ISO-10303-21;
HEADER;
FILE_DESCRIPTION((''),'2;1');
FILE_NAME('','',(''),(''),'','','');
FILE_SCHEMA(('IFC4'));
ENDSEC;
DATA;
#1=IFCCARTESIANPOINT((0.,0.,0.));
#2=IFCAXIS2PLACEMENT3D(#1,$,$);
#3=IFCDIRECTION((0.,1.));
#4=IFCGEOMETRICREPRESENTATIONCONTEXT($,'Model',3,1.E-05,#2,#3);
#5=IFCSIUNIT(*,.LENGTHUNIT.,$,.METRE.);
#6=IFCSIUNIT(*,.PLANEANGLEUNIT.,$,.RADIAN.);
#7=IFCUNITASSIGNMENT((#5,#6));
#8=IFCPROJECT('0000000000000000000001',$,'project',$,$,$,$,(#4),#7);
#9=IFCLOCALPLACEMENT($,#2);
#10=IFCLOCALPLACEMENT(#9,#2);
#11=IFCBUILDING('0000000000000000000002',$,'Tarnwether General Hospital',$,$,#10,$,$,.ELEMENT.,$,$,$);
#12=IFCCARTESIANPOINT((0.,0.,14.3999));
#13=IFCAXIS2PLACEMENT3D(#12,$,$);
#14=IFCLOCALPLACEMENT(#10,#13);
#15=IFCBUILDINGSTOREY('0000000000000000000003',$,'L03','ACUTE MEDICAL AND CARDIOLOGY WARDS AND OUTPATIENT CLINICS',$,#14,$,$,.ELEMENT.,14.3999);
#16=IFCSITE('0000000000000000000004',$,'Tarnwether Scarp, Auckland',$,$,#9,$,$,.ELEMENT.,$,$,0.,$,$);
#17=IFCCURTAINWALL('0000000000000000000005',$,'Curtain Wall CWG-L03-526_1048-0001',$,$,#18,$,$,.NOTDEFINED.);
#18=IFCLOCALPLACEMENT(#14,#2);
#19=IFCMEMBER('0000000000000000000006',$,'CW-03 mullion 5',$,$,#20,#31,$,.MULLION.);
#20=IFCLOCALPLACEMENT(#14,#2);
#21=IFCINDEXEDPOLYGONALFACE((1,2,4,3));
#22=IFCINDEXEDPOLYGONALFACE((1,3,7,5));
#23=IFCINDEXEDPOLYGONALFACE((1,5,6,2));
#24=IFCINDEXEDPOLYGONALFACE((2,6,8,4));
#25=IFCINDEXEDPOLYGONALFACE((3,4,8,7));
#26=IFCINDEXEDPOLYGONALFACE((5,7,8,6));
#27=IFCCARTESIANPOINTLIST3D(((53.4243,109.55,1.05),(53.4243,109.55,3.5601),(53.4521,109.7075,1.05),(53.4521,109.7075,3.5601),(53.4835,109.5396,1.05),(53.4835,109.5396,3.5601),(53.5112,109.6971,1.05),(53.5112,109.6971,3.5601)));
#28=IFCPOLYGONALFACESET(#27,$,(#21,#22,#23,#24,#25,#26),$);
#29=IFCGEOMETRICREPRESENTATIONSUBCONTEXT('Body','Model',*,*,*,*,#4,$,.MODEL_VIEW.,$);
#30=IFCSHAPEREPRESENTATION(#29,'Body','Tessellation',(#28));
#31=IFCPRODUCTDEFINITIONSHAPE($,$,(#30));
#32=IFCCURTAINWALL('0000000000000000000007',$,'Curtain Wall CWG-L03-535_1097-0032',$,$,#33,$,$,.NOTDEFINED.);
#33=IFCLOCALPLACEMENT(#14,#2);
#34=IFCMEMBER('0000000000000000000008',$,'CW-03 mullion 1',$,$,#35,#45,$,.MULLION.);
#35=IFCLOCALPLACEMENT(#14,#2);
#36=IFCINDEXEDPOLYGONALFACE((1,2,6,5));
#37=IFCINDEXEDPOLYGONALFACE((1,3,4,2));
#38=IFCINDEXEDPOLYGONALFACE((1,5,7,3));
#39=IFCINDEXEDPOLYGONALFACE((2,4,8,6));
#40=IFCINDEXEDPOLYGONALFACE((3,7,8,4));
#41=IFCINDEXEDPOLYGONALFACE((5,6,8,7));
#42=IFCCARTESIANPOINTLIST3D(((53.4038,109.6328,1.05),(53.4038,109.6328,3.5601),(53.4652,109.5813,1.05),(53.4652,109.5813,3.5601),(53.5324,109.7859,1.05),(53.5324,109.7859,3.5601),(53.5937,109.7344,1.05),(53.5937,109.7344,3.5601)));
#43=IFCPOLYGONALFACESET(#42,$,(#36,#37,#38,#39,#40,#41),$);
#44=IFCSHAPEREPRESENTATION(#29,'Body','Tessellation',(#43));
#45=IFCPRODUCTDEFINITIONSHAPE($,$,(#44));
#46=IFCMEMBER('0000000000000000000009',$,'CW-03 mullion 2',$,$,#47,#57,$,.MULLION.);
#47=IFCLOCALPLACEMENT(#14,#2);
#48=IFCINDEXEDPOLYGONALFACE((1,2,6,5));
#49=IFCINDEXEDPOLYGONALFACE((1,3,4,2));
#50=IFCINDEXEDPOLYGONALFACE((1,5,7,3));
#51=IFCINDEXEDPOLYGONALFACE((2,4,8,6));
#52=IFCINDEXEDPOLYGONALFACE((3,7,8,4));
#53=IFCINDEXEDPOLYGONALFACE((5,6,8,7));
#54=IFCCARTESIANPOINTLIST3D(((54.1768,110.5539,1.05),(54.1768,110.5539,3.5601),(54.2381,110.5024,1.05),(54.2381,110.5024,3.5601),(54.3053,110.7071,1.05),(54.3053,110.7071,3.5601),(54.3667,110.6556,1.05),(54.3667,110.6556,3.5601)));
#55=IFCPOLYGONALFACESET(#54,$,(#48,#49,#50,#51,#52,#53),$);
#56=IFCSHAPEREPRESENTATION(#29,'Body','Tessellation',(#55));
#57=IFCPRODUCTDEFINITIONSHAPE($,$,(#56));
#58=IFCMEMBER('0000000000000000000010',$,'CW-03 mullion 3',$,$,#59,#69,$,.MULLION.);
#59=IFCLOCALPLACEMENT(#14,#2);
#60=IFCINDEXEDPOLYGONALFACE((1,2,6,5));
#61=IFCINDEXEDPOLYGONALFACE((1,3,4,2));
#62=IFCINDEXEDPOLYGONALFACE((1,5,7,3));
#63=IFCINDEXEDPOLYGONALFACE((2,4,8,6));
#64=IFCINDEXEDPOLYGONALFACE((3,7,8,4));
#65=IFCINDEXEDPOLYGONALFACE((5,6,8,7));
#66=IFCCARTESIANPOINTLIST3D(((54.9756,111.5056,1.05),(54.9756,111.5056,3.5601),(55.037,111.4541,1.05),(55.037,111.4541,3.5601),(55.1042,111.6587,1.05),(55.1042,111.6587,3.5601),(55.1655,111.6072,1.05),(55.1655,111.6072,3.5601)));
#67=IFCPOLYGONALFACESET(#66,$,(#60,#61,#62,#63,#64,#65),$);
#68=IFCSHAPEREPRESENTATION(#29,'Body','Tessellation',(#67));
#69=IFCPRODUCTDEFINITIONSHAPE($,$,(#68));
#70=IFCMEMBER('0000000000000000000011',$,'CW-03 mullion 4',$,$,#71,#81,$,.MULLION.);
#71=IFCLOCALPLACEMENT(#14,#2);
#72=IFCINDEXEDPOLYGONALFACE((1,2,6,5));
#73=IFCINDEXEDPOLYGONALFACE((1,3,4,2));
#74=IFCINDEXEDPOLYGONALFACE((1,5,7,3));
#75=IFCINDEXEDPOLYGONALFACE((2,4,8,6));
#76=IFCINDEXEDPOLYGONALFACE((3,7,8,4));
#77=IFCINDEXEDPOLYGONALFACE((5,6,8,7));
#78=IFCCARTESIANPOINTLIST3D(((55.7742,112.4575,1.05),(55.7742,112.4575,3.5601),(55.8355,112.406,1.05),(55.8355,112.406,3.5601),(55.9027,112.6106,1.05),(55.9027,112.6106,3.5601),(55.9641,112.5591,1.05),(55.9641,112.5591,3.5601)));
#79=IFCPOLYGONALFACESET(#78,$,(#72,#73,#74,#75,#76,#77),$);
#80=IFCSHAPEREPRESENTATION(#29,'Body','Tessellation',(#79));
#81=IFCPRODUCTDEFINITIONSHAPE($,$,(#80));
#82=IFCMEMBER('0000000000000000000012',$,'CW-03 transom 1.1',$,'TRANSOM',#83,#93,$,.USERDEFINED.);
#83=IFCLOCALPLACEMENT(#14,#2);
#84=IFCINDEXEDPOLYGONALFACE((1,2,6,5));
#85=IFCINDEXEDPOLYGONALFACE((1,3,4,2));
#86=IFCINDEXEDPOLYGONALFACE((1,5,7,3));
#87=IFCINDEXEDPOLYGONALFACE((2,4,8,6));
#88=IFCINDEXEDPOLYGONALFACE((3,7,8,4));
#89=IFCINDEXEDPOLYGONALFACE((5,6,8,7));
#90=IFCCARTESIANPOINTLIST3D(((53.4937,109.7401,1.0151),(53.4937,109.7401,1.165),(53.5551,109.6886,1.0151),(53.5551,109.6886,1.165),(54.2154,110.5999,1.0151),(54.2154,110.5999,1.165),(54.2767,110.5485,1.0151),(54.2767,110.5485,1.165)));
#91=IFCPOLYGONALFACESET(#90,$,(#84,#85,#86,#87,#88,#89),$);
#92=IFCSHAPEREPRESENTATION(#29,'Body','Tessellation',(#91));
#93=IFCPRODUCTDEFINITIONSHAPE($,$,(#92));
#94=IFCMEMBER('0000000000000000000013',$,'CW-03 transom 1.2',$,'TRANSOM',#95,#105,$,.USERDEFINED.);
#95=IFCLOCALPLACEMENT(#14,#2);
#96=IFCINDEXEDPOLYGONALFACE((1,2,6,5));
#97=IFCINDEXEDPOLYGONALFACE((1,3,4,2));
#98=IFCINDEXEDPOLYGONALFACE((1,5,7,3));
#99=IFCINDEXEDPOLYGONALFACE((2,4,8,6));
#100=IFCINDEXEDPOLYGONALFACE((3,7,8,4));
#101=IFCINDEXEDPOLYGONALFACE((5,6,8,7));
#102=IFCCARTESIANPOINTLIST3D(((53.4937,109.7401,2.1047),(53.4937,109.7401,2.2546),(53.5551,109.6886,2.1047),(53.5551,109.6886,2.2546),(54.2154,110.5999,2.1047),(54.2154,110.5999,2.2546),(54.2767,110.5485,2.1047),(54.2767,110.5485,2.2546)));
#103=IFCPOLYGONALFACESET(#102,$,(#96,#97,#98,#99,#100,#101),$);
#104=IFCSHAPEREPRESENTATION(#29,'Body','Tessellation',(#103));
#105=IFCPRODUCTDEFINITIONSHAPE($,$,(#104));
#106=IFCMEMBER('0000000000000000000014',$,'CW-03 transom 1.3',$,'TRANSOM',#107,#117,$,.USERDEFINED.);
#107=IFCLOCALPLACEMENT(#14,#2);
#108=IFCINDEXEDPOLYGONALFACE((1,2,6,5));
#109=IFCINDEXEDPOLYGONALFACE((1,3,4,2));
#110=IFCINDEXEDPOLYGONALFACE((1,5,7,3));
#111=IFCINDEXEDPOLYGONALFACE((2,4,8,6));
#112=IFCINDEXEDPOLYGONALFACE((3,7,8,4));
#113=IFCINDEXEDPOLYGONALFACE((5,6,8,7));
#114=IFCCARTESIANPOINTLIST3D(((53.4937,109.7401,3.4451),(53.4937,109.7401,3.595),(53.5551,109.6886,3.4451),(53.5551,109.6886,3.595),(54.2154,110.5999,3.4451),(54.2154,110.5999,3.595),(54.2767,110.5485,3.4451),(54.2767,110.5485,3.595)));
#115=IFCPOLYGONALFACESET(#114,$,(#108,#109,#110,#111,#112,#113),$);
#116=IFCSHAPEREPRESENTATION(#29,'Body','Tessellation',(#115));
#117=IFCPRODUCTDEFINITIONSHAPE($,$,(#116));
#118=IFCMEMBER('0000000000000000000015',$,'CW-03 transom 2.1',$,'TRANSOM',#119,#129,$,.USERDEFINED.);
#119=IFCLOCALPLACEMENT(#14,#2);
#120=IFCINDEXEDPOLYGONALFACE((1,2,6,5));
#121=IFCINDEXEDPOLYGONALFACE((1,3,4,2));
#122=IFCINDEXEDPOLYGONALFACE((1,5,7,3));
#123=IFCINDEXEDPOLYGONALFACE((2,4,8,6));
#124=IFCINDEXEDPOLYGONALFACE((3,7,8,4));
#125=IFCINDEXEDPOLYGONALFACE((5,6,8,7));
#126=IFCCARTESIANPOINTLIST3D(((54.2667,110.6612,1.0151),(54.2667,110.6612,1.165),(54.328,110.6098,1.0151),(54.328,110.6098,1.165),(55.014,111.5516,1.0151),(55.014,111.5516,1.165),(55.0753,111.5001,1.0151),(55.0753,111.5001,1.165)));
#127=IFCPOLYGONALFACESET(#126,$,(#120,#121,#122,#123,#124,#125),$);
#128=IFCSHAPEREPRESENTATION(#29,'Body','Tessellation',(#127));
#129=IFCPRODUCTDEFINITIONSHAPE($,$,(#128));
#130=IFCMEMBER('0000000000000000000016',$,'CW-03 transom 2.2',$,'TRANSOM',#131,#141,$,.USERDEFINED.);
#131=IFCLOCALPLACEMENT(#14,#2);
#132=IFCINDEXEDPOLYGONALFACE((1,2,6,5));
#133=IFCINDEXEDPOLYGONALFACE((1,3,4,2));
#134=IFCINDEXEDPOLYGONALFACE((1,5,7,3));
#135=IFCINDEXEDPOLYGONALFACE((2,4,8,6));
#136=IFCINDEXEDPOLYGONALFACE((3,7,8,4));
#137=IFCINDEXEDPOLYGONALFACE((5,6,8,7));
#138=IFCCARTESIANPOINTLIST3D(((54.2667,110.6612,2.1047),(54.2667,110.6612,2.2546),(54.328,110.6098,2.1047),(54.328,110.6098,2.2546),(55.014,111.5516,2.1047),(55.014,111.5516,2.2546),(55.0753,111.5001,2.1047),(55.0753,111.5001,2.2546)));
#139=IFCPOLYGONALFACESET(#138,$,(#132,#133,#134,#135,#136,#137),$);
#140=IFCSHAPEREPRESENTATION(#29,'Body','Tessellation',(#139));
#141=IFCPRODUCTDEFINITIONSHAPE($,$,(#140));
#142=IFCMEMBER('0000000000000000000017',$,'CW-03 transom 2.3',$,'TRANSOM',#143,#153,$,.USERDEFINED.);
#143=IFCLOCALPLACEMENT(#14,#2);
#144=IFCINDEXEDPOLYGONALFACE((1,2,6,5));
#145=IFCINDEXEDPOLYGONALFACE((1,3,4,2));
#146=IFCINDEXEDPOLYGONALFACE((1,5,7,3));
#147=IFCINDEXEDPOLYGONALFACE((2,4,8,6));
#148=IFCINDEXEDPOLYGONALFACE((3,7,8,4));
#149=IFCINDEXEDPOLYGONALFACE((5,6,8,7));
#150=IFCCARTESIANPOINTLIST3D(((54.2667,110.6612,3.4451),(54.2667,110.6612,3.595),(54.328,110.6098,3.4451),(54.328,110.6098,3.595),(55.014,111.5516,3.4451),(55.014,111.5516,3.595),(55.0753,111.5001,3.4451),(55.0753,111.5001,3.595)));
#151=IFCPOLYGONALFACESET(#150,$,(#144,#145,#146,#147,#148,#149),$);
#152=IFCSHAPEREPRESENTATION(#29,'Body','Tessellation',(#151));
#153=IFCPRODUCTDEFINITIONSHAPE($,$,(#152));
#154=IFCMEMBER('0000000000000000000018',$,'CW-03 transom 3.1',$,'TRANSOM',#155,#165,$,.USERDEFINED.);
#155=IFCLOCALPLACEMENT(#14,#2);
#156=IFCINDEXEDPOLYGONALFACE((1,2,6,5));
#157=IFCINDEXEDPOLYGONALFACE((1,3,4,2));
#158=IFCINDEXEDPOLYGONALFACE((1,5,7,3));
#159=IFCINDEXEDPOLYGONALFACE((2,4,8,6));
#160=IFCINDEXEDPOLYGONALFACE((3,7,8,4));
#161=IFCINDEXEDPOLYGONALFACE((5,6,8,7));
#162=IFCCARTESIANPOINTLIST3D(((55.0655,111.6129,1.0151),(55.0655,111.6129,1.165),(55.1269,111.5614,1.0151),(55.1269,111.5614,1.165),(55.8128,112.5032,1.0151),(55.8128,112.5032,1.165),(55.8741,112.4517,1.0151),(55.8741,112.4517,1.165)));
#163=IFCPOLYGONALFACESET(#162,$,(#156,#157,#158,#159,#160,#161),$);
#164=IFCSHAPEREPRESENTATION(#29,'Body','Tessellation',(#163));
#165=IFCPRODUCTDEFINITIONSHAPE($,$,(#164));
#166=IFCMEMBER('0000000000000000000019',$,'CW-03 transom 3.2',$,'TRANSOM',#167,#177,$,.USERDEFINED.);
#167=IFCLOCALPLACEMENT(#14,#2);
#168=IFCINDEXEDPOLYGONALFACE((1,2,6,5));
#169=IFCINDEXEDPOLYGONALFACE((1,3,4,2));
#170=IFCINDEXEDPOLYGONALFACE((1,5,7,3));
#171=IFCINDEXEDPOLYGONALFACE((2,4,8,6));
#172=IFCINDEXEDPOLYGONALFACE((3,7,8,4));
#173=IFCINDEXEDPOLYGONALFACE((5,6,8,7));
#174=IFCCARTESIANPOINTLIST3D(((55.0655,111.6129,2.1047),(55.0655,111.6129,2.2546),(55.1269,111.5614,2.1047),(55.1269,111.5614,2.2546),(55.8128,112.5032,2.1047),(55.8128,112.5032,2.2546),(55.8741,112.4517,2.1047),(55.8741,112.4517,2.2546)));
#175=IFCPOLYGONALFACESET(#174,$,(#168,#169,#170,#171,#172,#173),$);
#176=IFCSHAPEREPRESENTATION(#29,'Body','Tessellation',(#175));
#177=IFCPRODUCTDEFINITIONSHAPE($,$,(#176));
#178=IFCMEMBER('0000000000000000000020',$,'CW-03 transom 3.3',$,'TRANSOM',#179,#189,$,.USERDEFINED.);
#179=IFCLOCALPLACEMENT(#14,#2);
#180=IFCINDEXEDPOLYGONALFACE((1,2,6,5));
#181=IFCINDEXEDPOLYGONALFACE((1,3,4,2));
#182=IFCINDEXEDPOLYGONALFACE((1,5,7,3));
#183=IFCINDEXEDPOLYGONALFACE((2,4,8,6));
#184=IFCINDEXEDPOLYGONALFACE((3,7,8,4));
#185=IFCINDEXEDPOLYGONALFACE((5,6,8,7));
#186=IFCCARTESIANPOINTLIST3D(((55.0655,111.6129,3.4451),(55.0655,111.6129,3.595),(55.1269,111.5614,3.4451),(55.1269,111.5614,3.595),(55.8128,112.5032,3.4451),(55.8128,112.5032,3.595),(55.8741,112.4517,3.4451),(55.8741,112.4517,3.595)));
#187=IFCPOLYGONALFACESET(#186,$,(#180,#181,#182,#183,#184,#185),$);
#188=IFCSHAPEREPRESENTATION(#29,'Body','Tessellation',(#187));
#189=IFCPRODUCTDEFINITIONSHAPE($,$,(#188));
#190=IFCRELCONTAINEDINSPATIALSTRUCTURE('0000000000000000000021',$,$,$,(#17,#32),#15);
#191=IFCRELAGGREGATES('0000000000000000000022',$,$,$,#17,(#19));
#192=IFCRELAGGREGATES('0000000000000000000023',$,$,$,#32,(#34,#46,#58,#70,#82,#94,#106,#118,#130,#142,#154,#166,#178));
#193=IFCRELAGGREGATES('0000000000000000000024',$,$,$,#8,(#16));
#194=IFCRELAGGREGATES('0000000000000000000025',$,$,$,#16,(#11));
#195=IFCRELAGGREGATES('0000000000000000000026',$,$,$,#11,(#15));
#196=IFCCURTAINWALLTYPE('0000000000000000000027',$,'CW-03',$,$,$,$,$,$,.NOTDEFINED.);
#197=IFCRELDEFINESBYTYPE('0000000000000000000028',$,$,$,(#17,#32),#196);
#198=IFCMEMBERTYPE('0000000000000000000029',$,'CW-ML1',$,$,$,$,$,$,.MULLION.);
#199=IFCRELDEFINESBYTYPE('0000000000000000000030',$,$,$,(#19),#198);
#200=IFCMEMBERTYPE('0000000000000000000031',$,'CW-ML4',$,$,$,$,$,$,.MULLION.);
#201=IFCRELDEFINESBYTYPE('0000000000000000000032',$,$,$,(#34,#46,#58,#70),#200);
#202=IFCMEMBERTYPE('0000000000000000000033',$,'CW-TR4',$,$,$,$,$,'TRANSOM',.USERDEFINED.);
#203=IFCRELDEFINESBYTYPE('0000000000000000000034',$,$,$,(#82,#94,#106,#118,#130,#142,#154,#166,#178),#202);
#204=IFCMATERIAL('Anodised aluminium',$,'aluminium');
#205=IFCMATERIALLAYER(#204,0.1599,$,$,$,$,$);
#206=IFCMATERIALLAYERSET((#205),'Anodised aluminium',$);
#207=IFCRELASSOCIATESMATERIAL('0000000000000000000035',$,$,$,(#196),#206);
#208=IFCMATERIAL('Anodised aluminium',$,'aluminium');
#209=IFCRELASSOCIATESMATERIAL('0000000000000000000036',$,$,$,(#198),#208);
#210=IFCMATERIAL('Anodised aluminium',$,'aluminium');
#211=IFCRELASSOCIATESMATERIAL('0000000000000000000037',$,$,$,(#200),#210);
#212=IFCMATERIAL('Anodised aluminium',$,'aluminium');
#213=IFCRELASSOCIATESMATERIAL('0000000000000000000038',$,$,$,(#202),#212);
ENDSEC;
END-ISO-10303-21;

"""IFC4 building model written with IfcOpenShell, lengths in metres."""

from ifc_helpers import new_model, si_unit, direction, frame, origin, origin_2d, place, context, subcontext, project, spatial, rectangle, extrude, material, layer, layer_set, material_profile, profile_set, type_object, element, aggregate, save


model = new_model("IFC4")

# Units and contexts
model_context = context("Model", 3, precision=1e-05, world=origin(), true_north=direction((0.0, 1.0)))
body_context = subcontext(model_context, "Body", "Model", "MODEL_VIEW")
ifc_project = project(units=[si_unit("LENGTHUNIT", "METRE"), si_unit("PLANEANGLEUNIT", "RADIAN")], contexts=[model_context])

# Site, building, storey
site_placement = place(None, origin())
site = spatial("IfcSite", under=ifc_project, at=site_placement, Name="Tarnwether Scarp, Auckland", CompositionType="ELEMENT", RefElevation=0.0)
building_placement = place(site_placement, origin())
building = spatial("IfcBuilding", under=site, at=building_placement, Name="Tarnwether General Hospital", CompositionType="ELEMENT")
storey_placement = place(building_placement, frame((0.0, 0.0, 14.3999)))
storey = spatial("IfcBuildingStorey", under=building, at=storey_placement, Name="L03", Description="ACUTE MEDICAL AND CARDIOLOGY WARDS AND OUTPATIENT CLINICS", CompositionType="ELEMENT", Elevation=14.3999)

# Curtain wall, member
ifc_material_1 = material(Name="Anodised aluminium", Category="aluminium")
ifc_layer_1 = layer(ifc_material_1, 0.1599)
ifc_layer_set_1 = layer_set([ifc_layer_1], Name="Anodised aluminium")
curtain_wall_type = type_object("IfcCurtainWallType", Name="CW-03", PredefinedType="NOTDEFINED", material=ifc_layer_set_1)
curtain_wall_1_placement = place(storey_placement, origin())
curtain_wall_1 = element("IfcCurtainWall", 1, at=curtain_wall_1_placement, inside=storey, type_object=curtain_wall_type, Name="Curtain Wall CWG-L03-526_1048-0001", PredefinedType="NOTDEFINED")
ifc_material_2 = material(Name="Anodised aluminium", Category="aluminium")
ifc_material_profile_1 = material_profile(ifc_material_2, rectangle(XDim=0.0601, YDim=0.1599, at=origin_2d()), Name="ALU-MUL-60x160")
ifc_profile_set_1 = profile_set([ifc_material_profile_1], Name="Anodised aluminium")
member_type_1 = type_object("IfcMemberType", Name="CW-ML1", PredefinedType="MULLION", material=ifc_profile_set_1)
member_1_placement = place(storey_placement, frame((53.4678, 109.6235, 1.05), z_axis=(0.0, 0.0, 1.0), x_axis=(-0.98484, 0.173464, 0.0)))
member_1 = element("IfcMember", 2, at=member_1_placement, type_object=member_type_1, Name="CW-03 mullion 5", PredefinedType="MULLION", context=body_context, shape_type="SweptSolid", body=[
    extrude(rectangle(XDim=0.0601, YDim=0.1599, at=origin_2d()), origin(), (0.0, 0.0, 1.0), 2.51),
])
aggregate(curtain_wall_1, [member_1])

# Curtain wall, members
curtain_wall_2_placement = place(storey_placement, origin())
curtain_wall_2 = element("IfcCurtainWall", 3, at=curtain_wall_2_placement, inside=storey, type_object=curtain_wall_type, Name="Curtain Wall CWG-L03-535_1097-0032", PredefinedType="NOTDEFINED")
ifc_material_3 = material(Name="Anodised aluminium", Category="aluminium")
ifc_material_profile_2 = material_profile(ifc_material_3, rectangle(XDim=0.0801, YDim=0.2, at=origin_2d()), Name="ALU-MUL-80x200")
ifc_profile_set_2 = profile_set([ifc_material_profile_2], Name="Anodised aluminium")
member_type_2 = type_object("IfcMemberType", Name="CW-ML4", PredefinedType="MULLION", material=ifc_profile_set_2)
member_2_placement = place(storey_placement, frame((53.4988, 109.6836, 1.05), z_axis=(0.0, 0.0, 1.0), x_axis=(-0.76599, 0.642852, 0.0)))
member_2 = element("IfcMember", 4, at=member_2_placement, type_object=member_type_2, Name="CW-03 mullion 1", PredefinedType="MULLION", context=body_context, shape_type="SweptSolid", body=[
    extrude(rectangle(XDim=0.0801, YDim=0.2, at=origin_2d()), origin(), (0.0, 0.0, 1.0), 2.51),
])
member_3_placement = place(storey_placement, frame((54.2717, 110.6047, 1.05), z_axis=(0.0, 0.0, 1.0), x_axis=(-0.76599, 0.642852, 0.0)))
member_3 = element("IfcMember", 5, at=member_3_placement, type_object=member_type_2, Name="CW-03 mullion 2", PredefinedType="MULLION", context=body_context, shape_type="SweptSolid", body=[
    extrude(rectangle(XDim=0.0801, YDim=0.2, at=origin_2d()), origin(), (0.0, 0.0, 1.0), 2.51),
])
member_4_placement = place(storey_placement, frame((55.0706, 111.5564, 1.05), z_axis=(0.0, 0.0, 1.0), x_axis=(-0.76599, 0.642852, 0.0)))
member_4 = element("IfcMember", 6, at=member_4_placement, type_object=member_type_2, Name="CW-03 mullion 3", PredefinedType="MULLION", context=body_context, shape_type="SweptSolid", body=[
    extrude(rectangle(XDim=0.0801, YDim=0.2, at=origin_2d()), origin(), (0.0, 0.0, 1.0), 2.51),
])
member_5_placement = place(storey_placement, frame((55.8691, 112.5083, 1.05), z_axis=(0.0, 0.0, 1.0), x_axis=(-0.76599, 0.642852, 0.0)))
member_5 = element("IfcMember", 7, at=member_5_placement, type_object=member_type_2, Name="CW-03 mullion 4", PredefinedType="MULLION", context=body_context, shape_type="SweptSolid", body=[
    extrude(rectangle(XDim=0.0801, YDim=0.2, at=origin_2d()), origin(), (0.0, 0.0, 1.0), 2.51),
])
ifc_material_4 = material(Name="Anodised aluminium", Category="aluminium")
ifc_material_profile_3 = material_profile(ifc_material_4, rectangle(XDim=0.0801, YDim=0.1499, at=origin_2d()), Name="ALU-TRN-80x150")
ifc_profile_set_3 = profile_set([ifc_material_profile_3], Name="Anodised aluminium")
member_type_3 = type_object("IfcMemberType", Name="CW-TR4", ElementType="TRANSOM", PredefinedType="USERDEFINED", material=ifc_profile_set_3)
member_6_placement = place(storey_placement, frame((53.5244, 109.7144, 1.0901), z_axis=(0.642876, 0.76597, 0.0), x_axis=(-0.76597, 0.642876, 0.0)))
member_6 = element("IfcMember", 8, at=member_6_placement, type_object=member_type_3, Name="CW-03 transom 1.1", ObjectType="TRANSOM", PredefinedType="USERDEFINED", context=body_context, shape_type="SweptSolid", body=[
    extrude(rectangle(XDim=0.0801, YDim=0.1499, at=origin_2d()), origin(), (0.0, 0.0, 1.0), 1.1226),
])
member_7_placement = place(storey_placement, frame((53.5244, 109.7144, 2.1797), z_axis=(0.642876, 0.76597, 0.0), x_axis=(-0.76597, 0.642876, 0.0)))
member_7 = element("IfcMember", 9, at=member_7_placement, type_object=member_type_3, Name="CW-03 transom 1.2", ObjectType="TRANSOM", PredefinedType="USERDEFINED", context=body_context, shape_type="SweptSolid", body=[
    extrude(rectangle(XDim=0.0801, YDim=0.1499, at=origin_2d()), origin(), (0.0, 0.0, 1.0), 1.1226),
])
member_8_placement = place(storey_placement, frame((53.5244, 109.7144, 3.52), z_axis=(0.642876, 0.76597, 0.0), x_axis=(-0.76597, 0.642876, 0.0)))
member_8 = element("IfcMember", 10, at=member_8_placement, type_object=member_type_3, Name="CW-03 transom 1.3", ObjectType="TRANSOM", PredefinedType="USERDEFINED", context=body_context, shape_type="SweptSolid", body=[
    extrude(rectangle(XDim=0.0801, YDim=0.1499, at=origin_2d()), origin(), (0.0, 0.0, 1.0), 1.1226),
])
member_9_placement = place(storey_placement, frame((54.2974, 110.6355, 1.0901), z_axis=(0.642887, 0.765961, 0.0), x_axis=(-0.765961, 0.642887, 0.0)))
member_9 = element("IfcMember", 11, at=member_9_placement, type_object=member_type_3, Name="CW-03 transom 2.1", ObjectType="TRANSOM", PredefinedType="USERDEFINED", context=body_context, shape_type="SweptSolid", body=[
    extrude(rectangle(XDim=0.0801, YDim=0.1499, at=origin_2d()), origin(), (0.0, 0.0, 1.0), 1.1624),
])
member_10_placement = place(storey_placement, frame((54.2974, 110.6355, 2.1797), z_axis=(0.642887, 0.765961, 0.0), x_axis=(-0.765961, 0.642887, 0.0)))
member_10 = element("IfcMember", 12, at=member_10_placement, type_object=member_type_3, Name="CW-03 transom 2.2", ObjectType="TRANSOM", PredefinedType="USERDEFINED", context=body_context, shape_type="SweptSolid", body=[
    extrude(rectangle(XDim=0.0801, YDim=0.1499, at=origin_2d()), origin(), (0.0, 0.0, 1.0), 1.1624),
])
member_11_placement = place(storey_placement, frame((54.2974, 110.6355, 3.52), z_axis=(0.642887, 0.765961, 0.0), x_axis=(-0.765961, 0.642887, 0.0)))
member_11 = element("IfcMember", 13, at=member_11_placement, type_object=member_type_3, Name="CW-03 transom 2.3", ObjectType="TRANSOM", PredefinedType="USERDEFINED", context=body_context, shape_type="SweptSolid", body=[
    extrude(rectangle(XDim=0.0801, YDim=0.1499, at=origin_2d()), origin(), (0.0, 0.0, 1.0), 1.1624),
])
member_12_placement = place(storey_placement, frame((55.0962, 111.5872, 1.0901), z_axis=(0.642887, 0.765961, 0.0), x_axis=(-0.765961, 0.642887, 0.0)))
member_12 = element("IfcMember", 14, at=member_12_placement, type_object=member_type_3, Name="CW-03 transom 3.1", ObjectType="TRANSOM", PredefinedType="USERDEFINED", context=body_context, shape_type="SweptSolid", body=[
    extrude(rectangle(XDim=0.0801, YDim=0.1499, at=origin_2d()), origin(), (0.0, 0.0, 1.0), 1.1624),
])
member_13_placement = place(storey_placement, frame((55.0962, 111.5872, 2.1797), z_axis=(0.642887, 0.765961, 0.0), x_axis=(-0.765961, 0.642887, 0.0)))
member_13 = element("IfcMember", 15, at=member_13_placement, type_object=member_type_3, Name="CW-03 transom 3.2", ObjectType="TRANSOM", PredefinedType="USERDEFINED", context=body_context, shape_type="SweptSolid", body=[
    extrude(rectangle(XDim=0.0801, YDim=0.1499, at=origin_2d()), origin(), (0.0, 0.0, 1.0), 1.1624),
])
member_14_placement = place(storey_placement, frame((55.0962, 111.5872, 3.52), z_axis=(0.642887, 0.765961, 0.0), x_axis=(-0.765961, 0.642887, 0.0)))
member_14 = element("IfcMember", 16, at=member_14_placement, type_object=member_type_3, Name="CW-03 transom 3.3", ObjectType="TRANSOM", PredefinedType="USERDEFINED", context=body_context, shape_type="SweptSolid", body=[
    extrude(rectangle(XDim=0.0801, YDim=0.1499, at=origin_2d()), origin(), (0.0, 0.0, 1.0), 1.1624),
])

aggregate(curtain_wall_2, [member_2, member_3, member_4, member_5, member_6, member_7, member_8, member_9, member_10, member_11, member_12, member_13, member_14])

save(model, "model.ifc")
